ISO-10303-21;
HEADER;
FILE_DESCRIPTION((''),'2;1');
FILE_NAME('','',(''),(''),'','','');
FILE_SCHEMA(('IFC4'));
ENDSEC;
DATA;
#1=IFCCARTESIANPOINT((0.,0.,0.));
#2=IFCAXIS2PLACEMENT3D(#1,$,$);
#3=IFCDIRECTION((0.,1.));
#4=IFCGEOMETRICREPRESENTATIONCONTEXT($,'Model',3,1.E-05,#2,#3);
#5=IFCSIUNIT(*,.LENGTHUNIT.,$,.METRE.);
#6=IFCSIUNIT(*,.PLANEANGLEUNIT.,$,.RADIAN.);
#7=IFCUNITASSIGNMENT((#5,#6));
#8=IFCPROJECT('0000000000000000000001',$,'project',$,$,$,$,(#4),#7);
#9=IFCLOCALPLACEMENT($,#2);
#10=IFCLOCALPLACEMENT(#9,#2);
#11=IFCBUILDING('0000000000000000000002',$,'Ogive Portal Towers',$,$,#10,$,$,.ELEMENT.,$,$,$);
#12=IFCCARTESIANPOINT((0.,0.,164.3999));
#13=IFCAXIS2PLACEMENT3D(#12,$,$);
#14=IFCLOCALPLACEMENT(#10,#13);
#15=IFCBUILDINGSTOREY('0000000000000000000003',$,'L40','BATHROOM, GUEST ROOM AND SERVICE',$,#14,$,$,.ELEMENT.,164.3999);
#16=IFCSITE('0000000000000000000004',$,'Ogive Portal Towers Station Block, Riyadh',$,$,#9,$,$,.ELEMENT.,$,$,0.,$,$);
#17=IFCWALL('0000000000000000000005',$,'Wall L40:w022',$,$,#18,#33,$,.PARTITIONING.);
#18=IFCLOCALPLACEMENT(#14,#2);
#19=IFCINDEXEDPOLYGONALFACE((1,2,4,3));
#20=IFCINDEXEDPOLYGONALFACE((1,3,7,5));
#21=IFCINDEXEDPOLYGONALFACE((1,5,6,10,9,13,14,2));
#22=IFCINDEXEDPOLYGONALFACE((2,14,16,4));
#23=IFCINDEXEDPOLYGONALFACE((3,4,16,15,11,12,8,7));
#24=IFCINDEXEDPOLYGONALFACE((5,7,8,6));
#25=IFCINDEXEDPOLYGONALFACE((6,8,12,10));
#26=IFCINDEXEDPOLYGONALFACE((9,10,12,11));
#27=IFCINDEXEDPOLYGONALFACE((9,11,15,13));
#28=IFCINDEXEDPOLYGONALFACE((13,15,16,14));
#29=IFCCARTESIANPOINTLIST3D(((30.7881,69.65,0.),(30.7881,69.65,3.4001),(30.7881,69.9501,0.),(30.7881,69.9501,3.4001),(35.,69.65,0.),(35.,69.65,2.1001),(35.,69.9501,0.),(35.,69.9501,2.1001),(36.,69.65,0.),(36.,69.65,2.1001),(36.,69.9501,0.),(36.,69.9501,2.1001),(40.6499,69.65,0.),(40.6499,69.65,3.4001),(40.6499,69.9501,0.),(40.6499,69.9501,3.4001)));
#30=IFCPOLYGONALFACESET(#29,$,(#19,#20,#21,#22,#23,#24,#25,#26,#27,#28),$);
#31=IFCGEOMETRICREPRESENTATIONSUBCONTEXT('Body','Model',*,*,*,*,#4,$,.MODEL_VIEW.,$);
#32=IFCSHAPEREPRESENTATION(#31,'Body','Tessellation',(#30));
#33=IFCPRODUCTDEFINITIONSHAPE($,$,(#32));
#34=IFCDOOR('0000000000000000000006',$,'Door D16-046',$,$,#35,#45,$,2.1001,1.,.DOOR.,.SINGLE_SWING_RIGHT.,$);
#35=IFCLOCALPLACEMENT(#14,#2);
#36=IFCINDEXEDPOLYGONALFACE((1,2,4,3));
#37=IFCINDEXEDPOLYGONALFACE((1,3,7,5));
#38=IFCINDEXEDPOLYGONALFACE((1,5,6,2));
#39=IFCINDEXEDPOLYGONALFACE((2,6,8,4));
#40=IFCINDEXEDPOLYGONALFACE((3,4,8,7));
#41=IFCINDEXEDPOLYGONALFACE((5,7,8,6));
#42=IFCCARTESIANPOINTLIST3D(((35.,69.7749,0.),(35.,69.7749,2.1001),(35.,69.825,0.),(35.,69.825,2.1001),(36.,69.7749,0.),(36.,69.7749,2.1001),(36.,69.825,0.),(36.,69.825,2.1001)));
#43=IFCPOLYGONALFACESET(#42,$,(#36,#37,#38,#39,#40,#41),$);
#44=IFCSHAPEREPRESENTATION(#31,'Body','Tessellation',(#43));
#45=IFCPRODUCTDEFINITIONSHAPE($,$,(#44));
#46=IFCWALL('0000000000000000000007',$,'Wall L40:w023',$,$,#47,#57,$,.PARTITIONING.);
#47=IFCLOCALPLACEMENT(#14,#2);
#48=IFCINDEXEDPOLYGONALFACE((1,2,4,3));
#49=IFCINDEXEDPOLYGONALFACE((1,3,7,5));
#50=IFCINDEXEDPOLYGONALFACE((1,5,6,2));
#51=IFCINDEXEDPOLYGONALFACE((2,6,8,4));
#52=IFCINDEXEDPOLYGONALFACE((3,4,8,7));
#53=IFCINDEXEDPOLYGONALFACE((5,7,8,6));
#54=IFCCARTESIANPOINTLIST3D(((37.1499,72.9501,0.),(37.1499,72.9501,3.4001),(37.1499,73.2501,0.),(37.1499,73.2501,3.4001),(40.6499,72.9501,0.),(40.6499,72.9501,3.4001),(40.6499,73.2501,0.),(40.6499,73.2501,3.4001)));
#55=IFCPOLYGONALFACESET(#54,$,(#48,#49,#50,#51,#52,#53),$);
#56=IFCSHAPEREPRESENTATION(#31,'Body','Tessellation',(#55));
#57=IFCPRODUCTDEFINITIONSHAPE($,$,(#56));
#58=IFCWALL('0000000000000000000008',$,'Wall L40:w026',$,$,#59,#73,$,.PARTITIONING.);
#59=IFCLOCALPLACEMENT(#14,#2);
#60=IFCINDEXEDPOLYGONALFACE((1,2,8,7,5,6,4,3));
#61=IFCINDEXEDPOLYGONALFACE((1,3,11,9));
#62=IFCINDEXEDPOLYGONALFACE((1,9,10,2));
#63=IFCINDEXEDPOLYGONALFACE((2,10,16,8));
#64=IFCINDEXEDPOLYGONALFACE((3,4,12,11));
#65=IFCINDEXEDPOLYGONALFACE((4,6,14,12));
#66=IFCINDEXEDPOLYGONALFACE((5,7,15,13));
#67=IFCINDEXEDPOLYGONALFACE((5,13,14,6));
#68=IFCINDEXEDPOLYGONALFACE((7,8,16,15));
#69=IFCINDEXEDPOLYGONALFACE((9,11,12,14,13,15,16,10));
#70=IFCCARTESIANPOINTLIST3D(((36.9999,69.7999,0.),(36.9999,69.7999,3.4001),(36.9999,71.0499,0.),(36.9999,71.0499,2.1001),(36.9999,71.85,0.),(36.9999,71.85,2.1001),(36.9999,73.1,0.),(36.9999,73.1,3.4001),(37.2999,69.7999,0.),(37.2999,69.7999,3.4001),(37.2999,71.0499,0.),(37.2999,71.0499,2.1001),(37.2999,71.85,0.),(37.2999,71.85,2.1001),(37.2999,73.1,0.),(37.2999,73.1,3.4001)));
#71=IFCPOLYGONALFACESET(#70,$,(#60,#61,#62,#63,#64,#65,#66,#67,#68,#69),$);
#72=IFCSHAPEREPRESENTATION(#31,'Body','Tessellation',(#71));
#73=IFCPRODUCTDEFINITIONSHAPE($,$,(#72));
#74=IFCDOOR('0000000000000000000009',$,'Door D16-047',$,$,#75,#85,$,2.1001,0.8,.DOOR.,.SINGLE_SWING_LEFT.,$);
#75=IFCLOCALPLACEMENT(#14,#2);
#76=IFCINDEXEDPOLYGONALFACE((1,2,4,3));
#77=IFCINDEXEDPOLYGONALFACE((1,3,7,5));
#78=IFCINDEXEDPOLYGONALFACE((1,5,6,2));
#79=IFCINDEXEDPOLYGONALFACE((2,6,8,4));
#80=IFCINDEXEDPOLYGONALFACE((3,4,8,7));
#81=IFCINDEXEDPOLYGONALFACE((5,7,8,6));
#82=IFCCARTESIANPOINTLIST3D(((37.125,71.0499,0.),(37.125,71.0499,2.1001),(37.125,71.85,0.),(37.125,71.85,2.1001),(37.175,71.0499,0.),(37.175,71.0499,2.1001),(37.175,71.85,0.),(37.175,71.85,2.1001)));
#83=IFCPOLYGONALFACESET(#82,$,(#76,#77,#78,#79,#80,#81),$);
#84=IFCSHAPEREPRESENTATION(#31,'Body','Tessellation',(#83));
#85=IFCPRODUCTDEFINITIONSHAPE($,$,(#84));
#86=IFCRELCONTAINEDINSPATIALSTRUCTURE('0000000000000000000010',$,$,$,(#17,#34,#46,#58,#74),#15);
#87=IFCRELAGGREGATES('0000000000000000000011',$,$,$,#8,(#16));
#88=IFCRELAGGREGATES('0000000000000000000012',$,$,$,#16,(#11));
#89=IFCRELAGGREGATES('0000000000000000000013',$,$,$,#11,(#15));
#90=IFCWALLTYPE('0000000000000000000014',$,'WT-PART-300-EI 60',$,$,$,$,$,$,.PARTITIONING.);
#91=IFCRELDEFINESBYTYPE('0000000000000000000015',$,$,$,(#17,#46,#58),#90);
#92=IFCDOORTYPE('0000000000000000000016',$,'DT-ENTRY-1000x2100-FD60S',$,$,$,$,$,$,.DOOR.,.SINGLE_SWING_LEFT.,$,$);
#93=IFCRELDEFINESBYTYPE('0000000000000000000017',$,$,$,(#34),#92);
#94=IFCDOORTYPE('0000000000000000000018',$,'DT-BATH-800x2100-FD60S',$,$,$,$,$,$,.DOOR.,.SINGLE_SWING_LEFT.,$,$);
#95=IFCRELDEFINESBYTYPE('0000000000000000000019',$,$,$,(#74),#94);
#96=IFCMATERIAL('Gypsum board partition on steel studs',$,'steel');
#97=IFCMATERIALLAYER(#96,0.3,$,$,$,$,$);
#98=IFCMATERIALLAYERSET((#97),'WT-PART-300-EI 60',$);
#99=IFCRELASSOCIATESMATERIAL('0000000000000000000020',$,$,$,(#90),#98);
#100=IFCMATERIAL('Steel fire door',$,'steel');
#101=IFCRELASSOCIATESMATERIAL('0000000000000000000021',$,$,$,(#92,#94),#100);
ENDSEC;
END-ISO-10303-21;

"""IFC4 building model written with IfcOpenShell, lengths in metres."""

from ifc_helpers import new_model, si_unit, direction, frame, frame_2d, origin, place, context, subcontext, project, spatial, rectangle, extrude, material, layer, layer_set, type_object, element, fill, save


model = new_model("IFC4")

# Units and contexts
model_context = context("Model", 3, precision=1e-05, world=origin(), true_north=direction((0.0, 1.0)))
body_context = subcontext(model_context, "Body", "Model", "MODEL_VIEW")
ifc_project = project(units=[si_unit("LENGTHUNIT", "METRE"), si_unit("PLANEANGLEUNIT", "RADIAN")], contexts=[model_context])

# Site, building, storey
site_placement = place(None, origin())
site = spatial("IfcSite", under=ifc_project, at=site_placement, Name="Ogive Portal Towers Station Block, Riyadh", CompositionType="ELEMENT", RefElevation=0.0)
building_placement = place(site_placement, origin())
building = spatial("IfcBuilding", under=site, at=building_placement, Name="Ogive Portal Towers", CompositionType="ELEMENT")
storey_placement = place(building_placement, frame((0.0, 0.0, 164.3999)))
storey = spatial("IfcBuildingStorey", under=building, at=storey_placement, Name="L40", Description="BATHROOM, GUEST ROOM AND SERVICE", CompositionType="ELEMENT", Elevation=164.3999)

# Wall, opening, door
ifc_material_1 = material(Name="Gypsum board partition on steel studs", Category="steel")
ifc_layer_1 = layer(ifc_material_1, 0.3)
ifc_layer_set_1 = layer_set([ifc_layer_1], Name="WT-PART-300-EI 60")
wall_type_1 = type_object("IfcWallType", Name="WT-PART-300-EI 60", PredefinedType="PARTITIONING", material=ifc_layer_set_1)
wall_1_placement = place(storey_placement, frame((30.7881, 69.8, 0.0), z_axis=(0.0, 0.0, 1.0), x_axis=(1.0, 0.0, 0.0)))
wall_1 = element("IfcWall", 1, at=wall_1_placement, inside=storey, type_object=wall_type_1, Name="Wall L40:w022", PredefinedType="PARTITIONING", context=body_context, shape_type="SweptSolid", body=[
    extrude(rectangle(XDim=9.8618, YDim=0.3, at=frame_2d((4.9309, 0.0))), origin(), (0.0, 0.0, 1.0), 3.4001),
])
opening_1_placement = place(wall_1_placement, frame((4.2119, 0.0, 0.0)))
opening_1 = element("IfcOpeningElement", 2, at=opening_1_placement, cuts=wall_1, PredefinedType="OPENING", context=body_context, shape_type="SweptSolid", body=[
    extrude(rectangle(XDim=1.0, YDim=2.1001, at=frame_2d((0.5, 1.05))), frame((0.0, 0.1602, 0.0), z_axis=(0.0, -1.0, 0.0), x_axis=(1.0, 0.0, 0.0)), (0.0, 0.0, 1.0), 0.3201),
])
ifc_material_2 = material(Name="Steel fire door", Category="steel")
door_type_1 = type_object("IfcDoorType", Name="DT-ENTRY-1000x2100-FD60S", OperationType="SINGLE_SWING_LEFT", PredefinedType="DOOR", material=ifc_material_2)
door_1_placement = place(opening_1_placement, origin())
door_1 = element("IfcDoor", 3, at=door_1_placement, inside=storey, type_object=door_type_1, Name="Door D16-046", OperationType="SINGLE_SWING_RIGHT", OverallHeight=2.1001, OverallWidth=1.0, PredefinedType="DOOR", context=body_context, shape_type="SweptSolid", body=[
    extrude(rectangle(XDim=1.0, YDim=2.1001, at=frame_2d((0.5, 1.05))), frame((0.0, 0.0249, 0.0), z_axis=(0.0, -1.0, 0.0), x_axis=(1.0, 0.0, 0.0)), (0.0, 0.0, 1.0), 0.05),
])
fill(opening_1, door_1)

# Wall
wall_2_placement = place(storey_placement, frame((37.1499, 73.1001, 0.0), z_axis=(0.0, 0.0, 1.0), x_axis=(1.0, 0.0, 0.0)))
element("IfcWall", 4, at=wall_2_placement, inside=storey, type_object=wall_type_1, Name="Wall L40:w023", PredefinedType="PARTITIONING", context=body_context, shape_type="SweptSolid", body=[
    extrude(rectangle(XDim=3.5, YDim=0.3, at=frame_2d((1.75, 0.0))), origin(), (0.0, 0.0, 1.0), 3.4001),
])

# Wall, opening, door
wall_3_placement = place(storey_placement, frame((37.1499, 69.8, 0.0), z_axis=(0.0, 0.0, 1.0), x_axis=(0.0, 1.0, 0.0)))
wall_3 = element("IfcWall", 5, at=wall_3_placement, inside=storey, type_object=wall_type_1, Name="Wall L40:w026", PredefinedType="PARTITIONING", context=body_context, shape_type="SweptSolid", body=[
    extrude(rectangle(XDim=3.3, YDim=0.3, at=frame_2d((1.6499, 0.0))), origin(), (0.0, 0.0, 1.0), 3.4001),
])
opening_2_placement = place(wall_3_placement, frame((1.25, 0.0, 0.0)))
opening_2 = element("IfcOpeningElement", 6, at=opening_2_placement, cuts=wall_3, PredefinedType="OPENING", context=body_context, shape_type="SweptSolid", body=[
    extrude(rectangle(XDim=0.8, YDim=2.1001, at=frame_2d((0.3999, 1.05))), frame((0.0, 0.1602, 0.0), z_axis=(0.0, -1.0, 0.0), x_axis=(1.0, 0.0, 0.0)), (0.0, 0.0, 1.0), 0.3201),
])
door_type_2 = type_object("IfcDoorType", Name="DT-BATH-800x2100-FD60S", OperationType="SINGLE_SWING_LEFT", PredefinedType="DOOR", material=ifc_material_2)
door_2_placement = place(opening_2_placement, origin())
door_2 = element("IfcDoor", 7, at=door_2_placement, inside=storey, type_object=door_type_2, Name="Door D16-047", OperationType="SINGLE_SWING_LEFT", OverallHeight=2.1001, OverallWidth=0.8, PredefinedType="DOOR", context=body_context, shape_type="SweptSolid", body=[
    extrude(rectangle(XDim=0.8, YDim=2.1001, at=frame_2d((0.3999, 1.05))), frame((0.0, 0.0249, 0.0), z_axis=(0.0, -1.0, 0.0), x_axis=(1.0, 0.0, 0.0)), (0.0, 0.0, 1.0), 0.05),
])
fill(opening_2, door_2)

save(model, "model.ifc")
